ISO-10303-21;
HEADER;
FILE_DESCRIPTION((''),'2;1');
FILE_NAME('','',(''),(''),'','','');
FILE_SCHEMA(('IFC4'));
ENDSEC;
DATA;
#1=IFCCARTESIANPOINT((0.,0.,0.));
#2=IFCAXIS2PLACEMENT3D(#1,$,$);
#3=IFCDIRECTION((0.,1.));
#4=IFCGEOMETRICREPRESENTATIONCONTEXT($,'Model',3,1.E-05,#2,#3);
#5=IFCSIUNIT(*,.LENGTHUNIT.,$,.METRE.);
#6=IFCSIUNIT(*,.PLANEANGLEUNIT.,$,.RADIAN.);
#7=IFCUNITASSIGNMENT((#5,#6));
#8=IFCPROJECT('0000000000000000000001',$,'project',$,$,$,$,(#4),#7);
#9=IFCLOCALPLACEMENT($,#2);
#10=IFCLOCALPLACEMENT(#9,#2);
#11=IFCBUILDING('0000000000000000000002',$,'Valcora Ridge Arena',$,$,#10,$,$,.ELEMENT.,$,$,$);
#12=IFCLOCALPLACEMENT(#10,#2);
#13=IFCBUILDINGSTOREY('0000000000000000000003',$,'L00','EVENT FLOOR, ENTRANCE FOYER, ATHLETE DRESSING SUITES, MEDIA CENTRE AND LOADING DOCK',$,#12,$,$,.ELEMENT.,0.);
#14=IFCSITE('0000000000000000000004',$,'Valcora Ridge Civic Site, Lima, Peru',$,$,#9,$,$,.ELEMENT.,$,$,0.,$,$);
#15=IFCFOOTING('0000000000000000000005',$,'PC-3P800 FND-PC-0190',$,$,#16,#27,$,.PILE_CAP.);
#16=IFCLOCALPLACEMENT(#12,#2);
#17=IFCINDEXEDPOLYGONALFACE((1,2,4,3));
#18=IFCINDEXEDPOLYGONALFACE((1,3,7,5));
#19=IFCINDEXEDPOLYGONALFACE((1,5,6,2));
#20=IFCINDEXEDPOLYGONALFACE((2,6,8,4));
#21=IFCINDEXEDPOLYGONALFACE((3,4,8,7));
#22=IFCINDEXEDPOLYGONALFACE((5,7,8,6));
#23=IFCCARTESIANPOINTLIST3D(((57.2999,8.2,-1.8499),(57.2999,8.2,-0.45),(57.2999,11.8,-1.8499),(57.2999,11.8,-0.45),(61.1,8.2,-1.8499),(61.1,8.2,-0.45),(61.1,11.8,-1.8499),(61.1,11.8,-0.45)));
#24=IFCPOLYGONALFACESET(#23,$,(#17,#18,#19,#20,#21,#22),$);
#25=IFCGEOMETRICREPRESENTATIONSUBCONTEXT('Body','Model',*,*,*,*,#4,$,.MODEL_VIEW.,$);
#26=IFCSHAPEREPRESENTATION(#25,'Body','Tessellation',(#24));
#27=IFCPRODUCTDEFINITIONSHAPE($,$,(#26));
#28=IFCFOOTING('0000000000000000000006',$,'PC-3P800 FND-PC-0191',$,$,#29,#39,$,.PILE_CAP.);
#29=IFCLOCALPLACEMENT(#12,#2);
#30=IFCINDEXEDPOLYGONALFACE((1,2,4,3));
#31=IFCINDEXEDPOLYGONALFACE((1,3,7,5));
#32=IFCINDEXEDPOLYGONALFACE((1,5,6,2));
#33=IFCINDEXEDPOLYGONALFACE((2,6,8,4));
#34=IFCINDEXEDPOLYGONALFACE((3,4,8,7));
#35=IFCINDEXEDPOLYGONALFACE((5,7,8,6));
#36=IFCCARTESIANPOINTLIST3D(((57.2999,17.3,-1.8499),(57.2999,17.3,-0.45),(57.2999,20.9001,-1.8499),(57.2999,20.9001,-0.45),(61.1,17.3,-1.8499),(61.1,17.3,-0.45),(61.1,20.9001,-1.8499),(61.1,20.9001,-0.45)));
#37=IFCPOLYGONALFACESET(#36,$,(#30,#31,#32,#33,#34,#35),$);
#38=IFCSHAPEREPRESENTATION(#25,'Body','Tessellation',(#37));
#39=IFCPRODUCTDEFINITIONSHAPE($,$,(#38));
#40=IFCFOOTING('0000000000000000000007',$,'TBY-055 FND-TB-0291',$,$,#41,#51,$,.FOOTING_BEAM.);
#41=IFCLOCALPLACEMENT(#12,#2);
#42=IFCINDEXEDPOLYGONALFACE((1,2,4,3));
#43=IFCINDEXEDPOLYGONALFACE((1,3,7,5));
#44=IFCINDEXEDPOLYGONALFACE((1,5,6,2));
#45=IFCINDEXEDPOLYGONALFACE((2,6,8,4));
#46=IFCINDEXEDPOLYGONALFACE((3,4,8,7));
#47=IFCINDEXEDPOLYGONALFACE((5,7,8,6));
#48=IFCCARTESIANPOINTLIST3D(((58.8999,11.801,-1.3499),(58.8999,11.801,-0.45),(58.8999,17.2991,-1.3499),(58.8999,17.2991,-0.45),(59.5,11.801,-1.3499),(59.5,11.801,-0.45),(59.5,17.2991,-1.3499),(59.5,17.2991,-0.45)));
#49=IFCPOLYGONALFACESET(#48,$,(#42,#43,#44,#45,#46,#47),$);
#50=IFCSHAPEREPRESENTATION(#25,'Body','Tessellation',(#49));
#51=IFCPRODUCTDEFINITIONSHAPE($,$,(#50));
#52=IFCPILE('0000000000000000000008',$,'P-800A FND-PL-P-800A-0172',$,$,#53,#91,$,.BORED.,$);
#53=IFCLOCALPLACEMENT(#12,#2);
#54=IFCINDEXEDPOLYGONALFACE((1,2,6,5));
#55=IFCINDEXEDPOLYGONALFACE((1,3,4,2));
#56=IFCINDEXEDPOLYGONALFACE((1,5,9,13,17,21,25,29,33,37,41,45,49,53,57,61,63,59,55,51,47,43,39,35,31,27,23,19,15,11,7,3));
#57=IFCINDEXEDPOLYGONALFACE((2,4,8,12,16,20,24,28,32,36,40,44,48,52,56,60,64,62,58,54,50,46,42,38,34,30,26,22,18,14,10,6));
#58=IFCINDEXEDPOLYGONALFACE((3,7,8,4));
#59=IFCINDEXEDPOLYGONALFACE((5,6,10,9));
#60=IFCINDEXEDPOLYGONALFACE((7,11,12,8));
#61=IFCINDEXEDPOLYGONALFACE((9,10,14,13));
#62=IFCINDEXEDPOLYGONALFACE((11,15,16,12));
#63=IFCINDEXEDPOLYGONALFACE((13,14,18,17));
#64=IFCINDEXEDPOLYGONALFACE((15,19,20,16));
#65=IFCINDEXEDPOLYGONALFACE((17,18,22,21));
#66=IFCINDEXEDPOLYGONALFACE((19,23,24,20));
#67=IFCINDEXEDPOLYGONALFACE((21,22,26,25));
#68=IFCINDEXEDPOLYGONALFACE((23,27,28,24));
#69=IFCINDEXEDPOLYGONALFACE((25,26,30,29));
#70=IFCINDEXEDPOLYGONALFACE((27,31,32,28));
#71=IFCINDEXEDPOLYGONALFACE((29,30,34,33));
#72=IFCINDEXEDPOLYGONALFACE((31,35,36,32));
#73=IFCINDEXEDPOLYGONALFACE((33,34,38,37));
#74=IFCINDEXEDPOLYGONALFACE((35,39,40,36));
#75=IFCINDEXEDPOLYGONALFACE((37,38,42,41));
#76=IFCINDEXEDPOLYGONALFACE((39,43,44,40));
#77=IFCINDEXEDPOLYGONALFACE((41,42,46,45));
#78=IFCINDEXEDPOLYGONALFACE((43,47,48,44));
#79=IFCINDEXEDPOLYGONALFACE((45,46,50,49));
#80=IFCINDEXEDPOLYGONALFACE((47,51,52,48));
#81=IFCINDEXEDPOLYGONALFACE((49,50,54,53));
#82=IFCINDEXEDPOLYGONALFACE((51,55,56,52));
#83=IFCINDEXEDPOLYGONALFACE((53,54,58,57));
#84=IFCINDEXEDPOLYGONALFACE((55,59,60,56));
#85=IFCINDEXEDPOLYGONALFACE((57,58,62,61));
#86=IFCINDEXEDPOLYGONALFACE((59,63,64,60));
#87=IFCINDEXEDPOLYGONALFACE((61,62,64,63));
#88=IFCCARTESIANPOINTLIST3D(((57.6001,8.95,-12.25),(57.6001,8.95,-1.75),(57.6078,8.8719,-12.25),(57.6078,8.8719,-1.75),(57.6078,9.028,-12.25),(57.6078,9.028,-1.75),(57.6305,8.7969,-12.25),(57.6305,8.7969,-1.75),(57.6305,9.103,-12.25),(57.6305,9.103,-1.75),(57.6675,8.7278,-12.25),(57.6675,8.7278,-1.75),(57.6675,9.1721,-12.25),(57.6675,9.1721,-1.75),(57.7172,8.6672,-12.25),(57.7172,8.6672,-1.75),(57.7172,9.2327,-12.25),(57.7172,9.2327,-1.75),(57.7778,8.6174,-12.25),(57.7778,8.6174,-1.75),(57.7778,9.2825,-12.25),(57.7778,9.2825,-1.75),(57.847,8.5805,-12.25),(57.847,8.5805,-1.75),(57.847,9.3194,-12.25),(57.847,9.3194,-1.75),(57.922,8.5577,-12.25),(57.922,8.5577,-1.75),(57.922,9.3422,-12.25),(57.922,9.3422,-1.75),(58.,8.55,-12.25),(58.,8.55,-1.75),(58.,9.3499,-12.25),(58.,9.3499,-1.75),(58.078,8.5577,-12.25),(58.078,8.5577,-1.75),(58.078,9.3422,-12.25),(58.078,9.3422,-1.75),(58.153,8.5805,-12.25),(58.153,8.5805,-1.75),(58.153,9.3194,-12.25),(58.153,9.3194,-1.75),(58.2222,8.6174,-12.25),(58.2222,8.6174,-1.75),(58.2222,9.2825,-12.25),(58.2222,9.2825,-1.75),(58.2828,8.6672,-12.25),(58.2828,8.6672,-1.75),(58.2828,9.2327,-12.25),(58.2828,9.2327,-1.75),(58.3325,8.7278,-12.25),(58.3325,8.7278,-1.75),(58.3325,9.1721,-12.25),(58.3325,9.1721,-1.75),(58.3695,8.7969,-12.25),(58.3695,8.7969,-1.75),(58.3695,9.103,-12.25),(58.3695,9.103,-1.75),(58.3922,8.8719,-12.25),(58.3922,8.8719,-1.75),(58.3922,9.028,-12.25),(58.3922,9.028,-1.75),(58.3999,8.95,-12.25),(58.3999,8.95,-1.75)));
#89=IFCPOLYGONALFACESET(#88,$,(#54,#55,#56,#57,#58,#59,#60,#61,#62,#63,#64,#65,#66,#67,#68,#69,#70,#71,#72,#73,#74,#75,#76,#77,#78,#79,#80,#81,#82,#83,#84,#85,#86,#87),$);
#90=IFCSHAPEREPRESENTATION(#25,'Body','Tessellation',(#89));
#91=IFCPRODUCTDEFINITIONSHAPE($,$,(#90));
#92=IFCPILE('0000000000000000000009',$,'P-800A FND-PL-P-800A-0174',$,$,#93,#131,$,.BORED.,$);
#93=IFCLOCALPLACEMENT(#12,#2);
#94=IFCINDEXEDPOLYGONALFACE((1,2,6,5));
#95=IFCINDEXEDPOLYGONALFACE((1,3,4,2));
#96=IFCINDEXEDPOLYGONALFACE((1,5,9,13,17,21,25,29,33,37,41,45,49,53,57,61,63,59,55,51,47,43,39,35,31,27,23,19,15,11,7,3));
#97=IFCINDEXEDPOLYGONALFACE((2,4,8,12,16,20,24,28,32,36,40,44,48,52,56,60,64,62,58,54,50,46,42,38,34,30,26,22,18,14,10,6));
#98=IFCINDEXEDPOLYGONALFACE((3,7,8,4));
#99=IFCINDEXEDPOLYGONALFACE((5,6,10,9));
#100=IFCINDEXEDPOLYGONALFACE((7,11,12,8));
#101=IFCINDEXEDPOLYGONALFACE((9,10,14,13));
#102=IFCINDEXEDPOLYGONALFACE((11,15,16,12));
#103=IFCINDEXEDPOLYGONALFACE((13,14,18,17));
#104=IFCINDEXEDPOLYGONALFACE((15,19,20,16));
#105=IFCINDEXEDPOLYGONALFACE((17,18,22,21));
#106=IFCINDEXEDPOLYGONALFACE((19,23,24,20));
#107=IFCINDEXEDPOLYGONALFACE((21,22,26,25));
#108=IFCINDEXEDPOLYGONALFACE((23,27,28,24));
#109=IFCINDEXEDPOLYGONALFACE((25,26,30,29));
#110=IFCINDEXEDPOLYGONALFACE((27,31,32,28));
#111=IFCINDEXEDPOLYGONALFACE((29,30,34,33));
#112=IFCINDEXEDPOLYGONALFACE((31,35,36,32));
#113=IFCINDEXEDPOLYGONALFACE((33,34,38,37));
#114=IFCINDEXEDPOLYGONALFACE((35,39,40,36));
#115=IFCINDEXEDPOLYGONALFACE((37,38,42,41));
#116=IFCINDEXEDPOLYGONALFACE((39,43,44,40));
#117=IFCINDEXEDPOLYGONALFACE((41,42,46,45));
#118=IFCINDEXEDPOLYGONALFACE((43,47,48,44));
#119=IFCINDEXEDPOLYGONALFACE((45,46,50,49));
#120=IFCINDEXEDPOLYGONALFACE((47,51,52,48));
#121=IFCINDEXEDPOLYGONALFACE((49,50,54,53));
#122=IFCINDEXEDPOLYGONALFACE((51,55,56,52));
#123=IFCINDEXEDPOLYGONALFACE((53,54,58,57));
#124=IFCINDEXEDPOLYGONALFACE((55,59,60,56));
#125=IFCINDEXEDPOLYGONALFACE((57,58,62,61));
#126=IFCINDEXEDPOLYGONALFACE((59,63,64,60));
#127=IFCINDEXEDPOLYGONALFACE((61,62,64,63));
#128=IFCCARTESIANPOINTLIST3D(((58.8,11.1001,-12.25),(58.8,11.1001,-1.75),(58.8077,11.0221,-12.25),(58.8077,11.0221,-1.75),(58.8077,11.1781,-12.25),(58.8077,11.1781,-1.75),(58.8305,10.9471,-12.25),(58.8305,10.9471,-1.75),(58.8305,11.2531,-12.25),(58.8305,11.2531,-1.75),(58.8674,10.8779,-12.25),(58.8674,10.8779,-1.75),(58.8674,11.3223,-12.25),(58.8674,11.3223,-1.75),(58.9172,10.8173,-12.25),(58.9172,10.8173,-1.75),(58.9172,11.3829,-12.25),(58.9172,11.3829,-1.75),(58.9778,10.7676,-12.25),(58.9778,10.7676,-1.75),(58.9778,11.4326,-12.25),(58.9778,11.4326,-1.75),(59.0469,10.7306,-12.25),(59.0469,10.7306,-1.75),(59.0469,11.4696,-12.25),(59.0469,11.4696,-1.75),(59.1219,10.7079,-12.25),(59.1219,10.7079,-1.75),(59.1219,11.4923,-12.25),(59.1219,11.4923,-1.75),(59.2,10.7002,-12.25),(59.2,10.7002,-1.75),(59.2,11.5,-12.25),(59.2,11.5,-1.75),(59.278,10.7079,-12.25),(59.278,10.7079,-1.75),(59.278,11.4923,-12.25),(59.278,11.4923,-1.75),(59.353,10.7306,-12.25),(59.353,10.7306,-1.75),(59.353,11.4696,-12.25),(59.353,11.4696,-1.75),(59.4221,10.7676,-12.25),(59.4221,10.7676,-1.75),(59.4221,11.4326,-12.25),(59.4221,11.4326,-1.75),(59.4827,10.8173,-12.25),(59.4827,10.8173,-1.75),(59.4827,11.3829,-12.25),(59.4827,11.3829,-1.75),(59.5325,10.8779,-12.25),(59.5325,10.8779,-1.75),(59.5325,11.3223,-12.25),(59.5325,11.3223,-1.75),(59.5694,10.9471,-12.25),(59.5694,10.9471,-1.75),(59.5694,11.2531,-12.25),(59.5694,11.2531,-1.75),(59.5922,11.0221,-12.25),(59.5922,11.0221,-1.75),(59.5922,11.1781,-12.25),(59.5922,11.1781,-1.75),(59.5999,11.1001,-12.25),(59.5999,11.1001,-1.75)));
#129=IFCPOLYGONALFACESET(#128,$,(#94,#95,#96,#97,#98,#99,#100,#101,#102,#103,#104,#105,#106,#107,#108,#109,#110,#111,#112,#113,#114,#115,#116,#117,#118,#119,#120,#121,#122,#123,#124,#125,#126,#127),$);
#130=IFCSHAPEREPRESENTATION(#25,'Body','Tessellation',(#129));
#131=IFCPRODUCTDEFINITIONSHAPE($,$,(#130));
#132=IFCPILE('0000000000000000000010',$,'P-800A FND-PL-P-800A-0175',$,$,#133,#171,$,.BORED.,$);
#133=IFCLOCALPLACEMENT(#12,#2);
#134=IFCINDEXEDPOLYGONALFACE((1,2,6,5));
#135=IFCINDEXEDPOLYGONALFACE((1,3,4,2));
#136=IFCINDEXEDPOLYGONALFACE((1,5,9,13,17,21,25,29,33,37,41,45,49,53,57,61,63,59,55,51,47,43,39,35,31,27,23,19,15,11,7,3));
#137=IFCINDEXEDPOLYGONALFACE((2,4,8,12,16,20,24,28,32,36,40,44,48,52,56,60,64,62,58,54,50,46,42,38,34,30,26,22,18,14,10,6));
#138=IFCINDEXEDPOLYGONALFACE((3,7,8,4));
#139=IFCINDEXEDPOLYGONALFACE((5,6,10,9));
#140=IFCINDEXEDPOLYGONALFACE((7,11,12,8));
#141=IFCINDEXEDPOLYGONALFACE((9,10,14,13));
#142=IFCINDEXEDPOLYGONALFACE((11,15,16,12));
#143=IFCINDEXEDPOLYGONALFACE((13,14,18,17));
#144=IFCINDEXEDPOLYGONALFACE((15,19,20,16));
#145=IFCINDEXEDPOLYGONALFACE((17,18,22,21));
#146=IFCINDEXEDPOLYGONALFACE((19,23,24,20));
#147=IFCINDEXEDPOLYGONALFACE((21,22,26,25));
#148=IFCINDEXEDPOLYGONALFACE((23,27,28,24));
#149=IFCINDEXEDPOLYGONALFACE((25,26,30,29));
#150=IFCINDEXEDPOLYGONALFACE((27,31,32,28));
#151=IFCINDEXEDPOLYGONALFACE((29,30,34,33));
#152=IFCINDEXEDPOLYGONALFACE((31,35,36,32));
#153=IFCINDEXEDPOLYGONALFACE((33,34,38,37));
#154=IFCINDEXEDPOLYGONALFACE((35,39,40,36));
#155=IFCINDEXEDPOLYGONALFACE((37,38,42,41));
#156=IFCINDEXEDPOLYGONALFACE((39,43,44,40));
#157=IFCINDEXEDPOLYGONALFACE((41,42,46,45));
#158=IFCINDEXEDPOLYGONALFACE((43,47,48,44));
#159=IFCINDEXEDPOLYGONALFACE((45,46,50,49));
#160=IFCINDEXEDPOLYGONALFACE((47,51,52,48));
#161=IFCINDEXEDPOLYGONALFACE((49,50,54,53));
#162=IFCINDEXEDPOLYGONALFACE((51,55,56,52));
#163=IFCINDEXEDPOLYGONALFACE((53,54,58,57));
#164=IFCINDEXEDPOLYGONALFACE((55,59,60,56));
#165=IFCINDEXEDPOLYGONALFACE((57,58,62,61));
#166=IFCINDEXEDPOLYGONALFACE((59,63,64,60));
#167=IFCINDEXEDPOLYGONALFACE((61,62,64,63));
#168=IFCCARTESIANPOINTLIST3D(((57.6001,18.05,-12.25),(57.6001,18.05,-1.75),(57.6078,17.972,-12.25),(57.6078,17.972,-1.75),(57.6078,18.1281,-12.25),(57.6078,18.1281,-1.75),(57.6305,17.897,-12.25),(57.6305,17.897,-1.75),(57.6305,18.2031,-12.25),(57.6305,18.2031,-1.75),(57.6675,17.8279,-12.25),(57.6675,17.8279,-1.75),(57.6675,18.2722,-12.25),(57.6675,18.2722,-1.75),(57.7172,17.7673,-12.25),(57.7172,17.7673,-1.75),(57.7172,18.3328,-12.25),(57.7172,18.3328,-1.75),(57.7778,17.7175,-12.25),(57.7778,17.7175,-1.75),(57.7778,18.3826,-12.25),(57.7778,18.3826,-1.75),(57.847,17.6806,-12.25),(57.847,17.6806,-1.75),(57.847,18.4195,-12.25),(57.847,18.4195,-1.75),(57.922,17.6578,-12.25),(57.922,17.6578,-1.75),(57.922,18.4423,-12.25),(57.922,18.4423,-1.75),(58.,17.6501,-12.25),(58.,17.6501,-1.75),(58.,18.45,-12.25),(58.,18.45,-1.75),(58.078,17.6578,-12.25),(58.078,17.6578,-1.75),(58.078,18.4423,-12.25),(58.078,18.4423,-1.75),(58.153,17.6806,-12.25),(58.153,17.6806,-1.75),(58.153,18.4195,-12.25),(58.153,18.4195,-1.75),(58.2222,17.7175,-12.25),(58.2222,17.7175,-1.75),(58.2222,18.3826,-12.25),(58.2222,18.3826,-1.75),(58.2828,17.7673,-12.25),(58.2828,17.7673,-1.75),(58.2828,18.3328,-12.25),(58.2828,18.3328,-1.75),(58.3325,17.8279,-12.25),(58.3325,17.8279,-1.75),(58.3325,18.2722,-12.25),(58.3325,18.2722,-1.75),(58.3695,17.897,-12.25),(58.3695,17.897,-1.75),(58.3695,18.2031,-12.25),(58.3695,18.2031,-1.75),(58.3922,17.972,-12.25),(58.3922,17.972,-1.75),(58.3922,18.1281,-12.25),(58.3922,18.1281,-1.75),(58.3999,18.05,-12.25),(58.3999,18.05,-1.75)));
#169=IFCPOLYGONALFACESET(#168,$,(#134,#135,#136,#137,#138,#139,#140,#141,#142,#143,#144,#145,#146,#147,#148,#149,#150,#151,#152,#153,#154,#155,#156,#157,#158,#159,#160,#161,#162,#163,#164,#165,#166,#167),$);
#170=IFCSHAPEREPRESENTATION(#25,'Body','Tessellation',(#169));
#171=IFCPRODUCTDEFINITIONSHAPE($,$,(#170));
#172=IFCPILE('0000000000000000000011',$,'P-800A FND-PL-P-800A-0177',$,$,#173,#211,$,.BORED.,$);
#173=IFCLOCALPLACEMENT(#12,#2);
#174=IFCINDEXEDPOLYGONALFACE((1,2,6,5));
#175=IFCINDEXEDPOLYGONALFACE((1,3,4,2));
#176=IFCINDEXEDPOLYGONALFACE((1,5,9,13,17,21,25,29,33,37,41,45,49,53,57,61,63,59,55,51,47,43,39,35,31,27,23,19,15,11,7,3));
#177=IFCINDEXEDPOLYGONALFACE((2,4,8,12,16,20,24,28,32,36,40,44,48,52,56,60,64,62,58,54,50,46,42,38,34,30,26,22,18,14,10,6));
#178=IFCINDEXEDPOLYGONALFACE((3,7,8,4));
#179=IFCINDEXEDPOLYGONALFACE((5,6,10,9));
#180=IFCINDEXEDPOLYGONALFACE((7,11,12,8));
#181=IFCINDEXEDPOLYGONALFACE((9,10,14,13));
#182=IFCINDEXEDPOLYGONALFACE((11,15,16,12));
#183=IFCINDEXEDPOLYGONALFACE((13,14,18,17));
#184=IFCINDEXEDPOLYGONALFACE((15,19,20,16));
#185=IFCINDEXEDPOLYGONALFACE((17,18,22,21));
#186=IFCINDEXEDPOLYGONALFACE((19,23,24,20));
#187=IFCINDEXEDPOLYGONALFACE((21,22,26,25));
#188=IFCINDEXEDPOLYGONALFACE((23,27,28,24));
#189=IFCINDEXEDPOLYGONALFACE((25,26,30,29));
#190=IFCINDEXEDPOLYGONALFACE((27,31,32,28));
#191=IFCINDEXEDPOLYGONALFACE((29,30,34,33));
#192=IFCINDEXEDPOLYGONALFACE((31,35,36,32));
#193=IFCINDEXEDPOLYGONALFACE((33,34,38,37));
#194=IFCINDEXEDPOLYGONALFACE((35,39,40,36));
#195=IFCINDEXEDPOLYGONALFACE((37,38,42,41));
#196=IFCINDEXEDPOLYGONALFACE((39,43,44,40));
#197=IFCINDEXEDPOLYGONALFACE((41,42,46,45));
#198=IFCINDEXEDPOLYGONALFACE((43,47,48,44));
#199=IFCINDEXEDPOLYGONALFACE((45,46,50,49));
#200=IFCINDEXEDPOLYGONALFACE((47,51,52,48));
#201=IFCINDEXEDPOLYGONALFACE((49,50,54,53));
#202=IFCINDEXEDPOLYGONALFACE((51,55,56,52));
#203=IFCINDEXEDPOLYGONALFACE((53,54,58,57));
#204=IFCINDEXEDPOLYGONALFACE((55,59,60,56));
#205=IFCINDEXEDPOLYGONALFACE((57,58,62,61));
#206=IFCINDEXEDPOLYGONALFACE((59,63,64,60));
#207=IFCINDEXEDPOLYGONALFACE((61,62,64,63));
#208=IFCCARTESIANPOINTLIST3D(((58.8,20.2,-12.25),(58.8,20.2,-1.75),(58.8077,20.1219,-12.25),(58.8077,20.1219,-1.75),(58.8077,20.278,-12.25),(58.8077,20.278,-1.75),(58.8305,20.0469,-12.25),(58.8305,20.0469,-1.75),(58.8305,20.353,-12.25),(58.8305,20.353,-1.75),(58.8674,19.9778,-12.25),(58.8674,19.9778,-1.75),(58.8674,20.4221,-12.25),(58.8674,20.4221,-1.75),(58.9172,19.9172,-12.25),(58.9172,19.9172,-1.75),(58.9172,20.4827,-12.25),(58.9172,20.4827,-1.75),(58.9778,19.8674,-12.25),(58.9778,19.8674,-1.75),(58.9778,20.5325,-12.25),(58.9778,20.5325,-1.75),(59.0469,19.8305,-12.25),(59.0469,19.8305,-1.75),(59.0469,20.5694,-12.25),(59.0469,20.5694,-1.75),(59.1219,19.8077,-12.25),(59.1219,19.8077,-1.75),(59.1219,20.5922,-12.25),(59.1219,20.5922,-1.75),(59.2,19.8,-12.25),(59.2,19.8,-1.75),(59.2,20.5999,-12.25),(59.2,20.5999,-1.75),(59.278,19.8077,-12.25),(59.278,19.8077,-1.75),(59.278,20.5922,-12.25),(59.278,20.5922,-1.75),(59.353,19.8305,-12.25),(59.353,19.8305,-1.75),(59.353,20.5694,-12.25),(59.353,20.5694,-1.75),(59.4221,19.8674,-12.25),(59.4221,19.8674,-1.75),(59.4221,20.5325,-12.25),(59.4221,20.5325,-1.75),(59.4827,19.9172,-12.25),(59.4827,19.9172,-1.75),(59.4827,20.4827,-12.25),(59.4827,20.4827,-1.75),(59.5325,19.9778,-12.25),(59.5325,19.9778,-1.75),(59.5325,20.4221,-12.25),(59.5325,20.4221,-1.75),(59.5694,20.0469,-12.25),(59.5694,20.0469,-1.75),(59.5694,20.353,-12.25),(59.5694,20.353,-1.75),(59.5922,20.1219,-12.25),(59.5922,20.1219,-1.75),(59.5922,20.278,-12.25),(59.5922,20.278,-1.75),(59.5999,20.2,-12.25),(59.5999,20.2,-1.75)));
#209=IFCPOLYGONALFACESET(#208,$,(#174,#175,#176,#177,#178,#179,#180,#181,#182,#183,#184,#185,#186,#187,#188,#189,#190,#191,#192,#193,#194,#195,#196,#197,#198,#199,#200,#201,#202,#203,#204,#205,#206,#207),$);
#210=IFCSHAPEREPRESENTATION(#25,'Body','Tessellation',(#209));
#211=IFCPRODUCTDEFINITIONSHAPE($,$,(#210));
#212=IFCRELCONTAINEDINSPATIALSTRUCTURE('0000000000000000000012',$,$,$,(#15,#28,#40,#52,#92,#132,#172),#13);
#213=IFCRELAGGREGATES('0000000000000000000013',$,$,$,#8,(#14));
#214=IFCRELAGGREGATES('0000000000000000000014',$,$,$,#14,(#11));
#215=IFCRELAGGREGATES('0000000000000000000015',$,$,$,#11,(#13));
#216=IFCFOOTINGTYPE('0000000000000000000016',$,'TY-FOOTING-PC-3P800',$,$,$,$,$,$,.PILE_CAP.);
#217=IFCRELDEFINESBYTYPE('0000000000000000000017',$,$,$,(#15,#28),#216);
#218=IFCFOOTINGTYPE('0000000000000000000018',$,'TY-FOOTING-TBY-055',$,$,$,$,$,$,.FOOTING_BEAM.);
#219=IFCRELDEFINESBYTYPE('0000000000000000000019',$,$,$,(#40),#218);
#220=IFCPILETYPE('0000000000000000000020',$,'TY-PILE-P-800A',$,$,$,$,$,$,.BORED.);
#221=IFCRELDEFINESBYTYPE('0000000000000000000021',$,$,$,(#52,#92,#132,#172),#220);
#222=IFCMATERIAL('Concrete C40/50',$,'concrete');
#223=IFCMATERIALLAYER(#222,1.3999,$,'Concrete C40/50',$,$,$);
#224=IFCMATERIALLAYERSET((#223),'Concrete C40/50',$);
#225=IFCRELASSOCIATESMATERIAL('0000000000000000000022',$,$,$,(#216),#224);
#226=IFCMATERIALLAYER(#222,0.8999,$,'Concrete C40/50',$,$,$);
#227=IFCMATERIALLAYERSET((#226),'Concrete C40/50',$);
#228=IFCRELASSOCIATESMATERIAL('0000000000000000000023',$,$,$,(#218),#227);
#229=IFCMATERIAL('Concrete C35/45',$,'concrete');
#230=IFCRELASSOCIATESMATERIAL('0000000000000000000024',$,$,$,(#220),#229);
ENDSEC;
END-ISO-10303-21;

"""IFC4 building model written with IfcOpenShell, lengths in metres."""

from ifc_helpers import new_model, si_unit, direction, frame, origin, origin_2d, place, context, subcontext, project, spatial, rectangle, circle, extrude, material, layer, layer_set, material_profile, profile_set, type_object, element, save


model = new_model("IFC4")

# Units and contexts
model_context = context("Model", 3, precision=1e-05, world=origin(), true_north=direction((0.0, 1.0)))
body_context = subcontext(model_context, "Body", "Model", "MODEL_VIEW")
ifc_project = project(units=[si_unit("LENGTHUNIT", "METRE"), si_unit("PLANEANGLEUNIT", "RADIAN")], contexts=[model_context])

# Site, building, storey
site_placement = place(None, origin())
site = spatial("IfcSite", under=ifc_project, at=site_placement, Name="Valcora Ridge Civic Site, Lima, Peru", CompositionType="ELEMENT", RefElevation=0.0)
building_placement = place(site_placement, origin())
building = spatial("IfcBuilding", under=site, at=building_placement, Name="Valcora Ridge Arena", CompositionType="ELEMENT")
storey_placement = place(building_placement, origin())
storey = spatial("IfcBuildingStorey", under=building, at=storey_placement, Name="L00", Description="EVENT FLOOR, ENTRANCE FOYER, ATHLETE DRESSING SUITES, MEDIA CENTRE AND LOADING DOCK", CompositionType="ELEMENT", Elevation=0.0)

# Footings
ifc_material_1 = material(Name="Concrete C40/50", Category="concrete")
ifc_layer_1 = layer(ifc_material_1, 1.3999, Name="Concrete C40/50")
ifc_layer_set_1 = layer_set([ifc_layer_1], Name="Concrete C40/50")
footing_type_1 = type_object("IfcFootingType", Name="TY-FOOTING-PC-3P800", PredefinedType="PILE_CAP", material=ifc_layer_set_1)
for number, where, z_axis, x_axis, name in (
    (1, (59.2, 10.0, -1.8499), (0.0, 0.0, 1.0), (1.0, 0.0, 0.0), "PC-3P800 FND-PC-0190"),
    (2, (59.2, 19.1001, -1.8499), (0.0, 0.0, 1.0), (1.0, 0.0, 0.0), "PC-3P800 FND-PC-0191"),
):
    element("IfcFooting", number, at=place(storey_placement, frame(where, z_axis=z_axis, x_axis=x_axis)), inside=storey, type_object=footing_type_1, Name=name, PredefinedType="PILE_CAP", context=body_context, shape_type="SweptSolid", body=[
        extrude(rectangle(XDim=3.8, YDim=3.6001, at=origin_2d()), origin(), (0.0, 0.0, 1.0), 1.3999),
    ])
ifc_layer_2 = layer(ifc_material_1, 0.8999, Name="Concrete C40/50")
ifc_layer_set_2 = layer_set([ifc_layer_2], Name="Concrete C40/50")
footing_type_2 = type_object("IfcFootingType", Name="TY-FOOTING-TBY-055", PredefinedType="FOOTING_BEAM", material=ifc_layer_set_2)
footing_placement = place(storey_placement, frame((59.2, 14.55, -1.3499), z_axis=(0.0, 0.0, 1.0), x_axis=(1.0, 0.0, 0.0)))
element("IfcFooting", 3, at=footing_placement, inside=storey, type_object=footing_type_2, Name="TBY-055 FND-TB-0291", PredefinedType="FOOTING_BEAM", context=body_context, shape_type="SweptSolid", body=[
    extrude(rectangle(XDim=0.6001, YDim=5.498, at=origin_2d()), origin(), (0.0, 0.0, 1.0), 0.8999),
])

# Piles
ifc_material_2 = material(Name="Concrete C35/45", Category="concrete")
ifc_material_profile_1 = material_profile(ifc_material_2, circle(Radius=0.3999, at=origin_2d()), Name="BORED PILE D800")
ifc_profile_set_1 = profile_set([ifc_material_profile_1], Name="Concrete C35/45")
pile_type = type_object("IfcPileType", Name="TY-PILE-P-800A", PredefinedType="BORED", material=ifc_profile_set_1)
for number, where, z_axis, x_axis, name in (
    (4, (58.0, 8.95, -1.75), (0.0, 0.0, -1.0), (1.0, 0.0, 0.0), "P-800A FND-PL-P-800A-0172"),
    (5, (59.2, 11.1001, -1.75), (0.0, 0.0, -1.0), (1.0, 0.0, 0.0), "P-800A FND-PL-P-800A-0174"),
    (6, (58.0, 18.05, -1.75), (0.0, 0.0, -1.0), (1.0, 0.0, 0.0), "P-800A FND-PL-P-800A-0175"),
    (7, (59.2, 20.2, -1.75), (0.0, 0.0, -1.0), (1.0, 0.0, 0.0), "P-800A FND-PL-P-800A-0177"),
):
    element("IfcPile", number, at=place(storey_placement, frame(where, z_axis=z_axis, x_axis=x_axis)), inside=storey, type_object=pile_type, Name=name, PredefinedType="BORED", context=body_context, shape_type="SweptSolid", body=[
        extrude(circle(Radius=0.3999, at=origin_2d()), origin(), (0.0, 0.0, 1.0), 10.5),
    ])

save(model, "model.ifc")
